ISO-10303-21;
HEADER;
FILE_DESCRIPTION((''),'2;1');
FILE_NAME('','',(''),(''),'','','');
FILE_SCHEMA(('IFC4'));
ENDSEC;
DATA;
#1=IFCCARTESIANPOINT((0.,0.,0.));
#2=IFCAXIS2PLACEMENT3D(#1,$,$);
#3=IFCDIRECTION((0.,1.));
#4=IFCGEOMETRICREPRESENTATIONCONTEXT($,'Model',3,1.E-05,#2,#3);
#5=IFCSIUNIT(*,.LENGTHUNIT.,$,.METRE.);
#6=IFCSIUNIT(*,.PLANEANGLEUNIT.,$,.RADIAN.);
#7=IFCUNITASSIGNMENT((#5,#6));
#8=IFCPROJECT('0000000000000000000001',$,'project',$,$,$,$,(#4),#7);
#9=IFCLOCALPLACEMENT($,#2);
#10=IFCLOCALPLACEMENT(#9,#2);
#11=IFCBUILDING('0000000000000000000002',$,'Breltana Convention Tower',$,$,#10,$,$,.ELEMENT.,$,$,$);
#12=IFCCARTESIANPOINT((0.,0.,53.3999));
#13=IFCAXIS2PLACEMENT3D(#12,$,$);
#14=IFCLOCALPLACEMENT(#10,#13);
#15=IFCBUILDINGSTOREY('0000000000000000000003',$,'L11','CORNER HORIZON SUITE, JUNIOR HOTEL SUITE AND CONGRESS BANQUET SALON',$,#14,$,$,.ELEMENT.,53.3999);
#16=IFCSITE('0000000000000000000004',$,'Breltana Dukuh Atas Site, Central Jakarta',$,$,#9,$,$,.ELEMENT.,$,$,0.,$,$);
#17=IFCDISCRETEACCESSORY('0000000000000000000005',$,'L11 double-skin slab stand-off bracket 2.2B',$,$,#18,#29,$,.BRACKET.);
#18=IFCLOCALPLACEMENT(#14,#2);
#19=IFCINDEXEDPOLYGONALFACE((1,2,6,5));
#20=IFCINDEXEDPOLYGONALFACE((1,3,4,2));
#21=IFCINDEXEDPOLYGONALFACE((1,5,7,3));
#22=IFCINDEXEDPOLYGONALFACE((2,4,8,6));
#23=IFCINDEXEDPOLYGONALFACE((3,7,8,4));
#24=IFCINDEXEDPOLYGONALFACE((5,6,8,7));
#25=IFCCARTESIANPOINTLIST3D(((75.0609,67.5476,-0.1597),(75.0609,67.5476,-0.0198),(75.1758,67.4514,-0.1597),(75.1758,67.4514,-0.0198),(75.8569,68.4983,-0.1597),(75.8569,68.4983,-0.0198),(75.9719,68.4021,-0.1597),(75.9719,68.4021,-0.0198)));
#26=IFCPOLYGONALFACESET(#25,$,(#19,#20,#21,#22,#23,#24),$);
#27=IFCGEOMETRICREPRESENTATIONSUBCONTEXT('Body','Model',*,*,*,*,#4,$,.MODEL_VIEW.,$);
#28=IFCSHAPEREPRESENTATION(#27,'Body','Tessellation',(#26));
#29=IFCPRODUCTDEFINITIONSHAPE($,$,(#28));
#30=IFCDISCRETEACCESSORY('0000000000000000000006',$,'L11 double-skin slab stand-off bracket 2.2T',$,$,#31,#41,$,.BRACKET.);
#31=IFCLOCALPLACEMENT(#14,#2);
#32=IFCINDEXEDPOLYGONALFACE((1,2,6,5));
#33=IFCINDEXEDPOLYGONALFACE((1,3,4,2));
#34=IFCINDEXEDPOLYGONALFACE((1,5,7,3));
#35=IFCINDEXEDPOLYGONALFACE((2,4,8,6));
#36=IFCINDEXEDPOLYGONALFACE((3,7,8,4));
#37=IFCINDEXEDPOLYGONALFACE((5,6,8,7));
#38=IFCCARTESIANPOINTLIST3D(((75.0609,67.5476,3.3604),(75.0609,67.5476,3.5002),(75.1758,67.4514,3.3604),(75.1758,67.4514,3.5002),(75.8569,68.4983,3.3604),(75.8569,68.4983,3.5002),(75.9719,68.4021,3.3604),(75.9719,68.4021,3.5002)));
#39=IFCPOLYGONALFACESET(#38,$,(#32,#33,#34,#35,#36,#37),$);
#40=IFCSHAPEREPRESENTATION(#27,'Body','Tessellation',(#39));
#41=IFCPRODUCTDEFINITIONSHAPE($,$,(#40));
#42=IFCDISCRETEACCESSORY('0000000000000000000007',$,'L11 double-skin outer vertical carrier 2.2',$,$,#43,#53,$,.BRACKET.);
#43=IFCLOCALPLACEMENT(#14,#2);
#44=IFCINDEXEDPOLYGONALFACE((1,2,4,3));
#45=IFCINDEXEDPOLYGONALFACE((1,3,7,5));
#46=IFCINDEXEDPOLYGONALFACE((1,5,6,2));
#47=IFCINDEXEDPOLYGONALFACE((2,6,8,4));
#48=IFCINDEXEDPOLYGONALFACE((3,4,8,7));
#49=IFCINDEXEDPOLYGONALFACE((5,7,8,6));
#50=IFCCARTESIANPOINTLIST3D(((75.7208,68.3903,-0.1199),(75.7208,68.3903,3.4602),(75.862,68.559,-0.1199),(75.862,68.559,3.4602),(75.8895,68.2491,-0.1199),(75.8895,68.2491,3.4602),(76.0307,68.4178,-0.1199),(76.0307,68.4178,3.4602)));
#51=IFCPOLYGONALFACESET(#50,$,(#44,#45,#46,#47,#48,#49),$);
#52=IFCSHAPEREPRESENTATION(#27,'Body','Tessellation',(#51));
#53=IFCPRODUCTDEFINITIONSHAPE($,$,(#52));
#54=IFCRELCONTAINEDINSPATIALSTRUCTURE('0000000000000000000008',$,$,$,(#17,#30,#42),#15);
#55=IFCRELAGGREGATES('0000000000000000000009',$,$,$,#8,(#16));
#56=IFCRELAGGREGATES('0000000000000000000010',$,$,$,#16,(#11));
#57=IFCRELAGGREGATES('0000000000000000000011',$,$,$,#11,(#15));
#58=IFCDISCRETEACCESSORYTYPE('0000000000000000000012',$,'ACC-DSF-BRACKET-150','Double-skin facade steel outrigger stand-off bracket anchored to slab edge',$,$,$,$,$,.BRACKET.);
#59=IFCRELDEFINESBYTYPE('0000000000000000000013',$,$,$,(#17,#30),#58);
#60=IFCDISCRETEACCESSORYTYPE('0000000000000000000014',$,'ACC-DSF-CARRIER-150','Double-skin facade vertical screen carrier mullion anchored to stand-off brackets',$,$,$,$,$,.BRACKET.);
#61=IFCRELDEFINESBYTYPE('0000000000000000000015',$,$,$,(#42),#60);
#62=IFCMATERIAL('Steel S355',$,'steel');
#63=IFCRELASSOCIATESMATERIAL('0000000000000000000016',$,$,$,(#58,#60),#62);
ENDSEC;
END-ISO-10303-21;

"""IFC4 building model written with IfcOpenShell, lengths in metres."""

from ifc_helpers import new_model, si_unit, direction, frame, origin, origin_2d, place, context, subcontext, project, spatial, rectangle, extrude, source, transform, mapped, material, type_object, type_shapes, element, save


model = new_model("IFC4")

# Units and contexts
model_context = context("Model", 3, precision=1e-05, world=origin(), true_north=direction((0.0, 1.0)))
body_context = subcontext(model_context, "Body", "Model", "MODEL_VIEW")
ifc_project = project(units=[si_unit("LENGTHUNIT", "METRE"), si_unit("PLANEANGLEUNIT", "RADIAN")], contexts=[model_context])

# Site, building, storey
site_placement = place(None, origin())
site = spatial("IfcSite", under=ifc_project, at=site_placement, Name="Breltana Dukuh Atas Site, Central Jakarta", CompositionType="ELEMENT", RefElevation=0.0)
building_placement = place(site_placement, origin())
building = spatial("IfcBuilding", under=site, at=building_placement, Name="Breltana Convention Tower", CompositionType="ELEMENT")
storey_placement = place(building_placement, frame((0.0, 0.0, 53.3999)))
storey = spatial("IfcBuildingStorey", under=building, at=storey_placement, Name="L11", Description="CORNER HORIZON SUITE, JUNIOR HOTEL SUITE AND CONGRESS BANQUET SALON", CompositionType="ELEMENT", Elevation=53.3999)

# Discrete accessories
ifc_material_1 = material(Name="Steel S355", Category="steel")
discrete_accessory_type_1 = type_object("IfcDiscreteAccessoryType", Name="ACC-DSF-BRACKET-150", Description="Double-skin facade steel outrigger stand-off bracket anchored to slab edge", PredefinedType="BRACKET", material=ifc_material_1)
shared_shape_1 = source(origin(), body_context, "Body", "SweptSolid", [
    extrude(rectangle(XDim=1.24, YDim=0.1499, at=origin_2d()), origin(), (0.0, 0.0, 1.0), 0.1399),
])
type_shapes(discrete_accessory_type_1, [shared_shape_1])
for number, where, z_axis, x_axis, name in (
    (1, (75.5164, 67.9749, -0.1597), (0.0, 0.0, 1.0), (0.64199, 0.766713, 0.0), "L11 double-skin slab stand-off bracket 2.2B"),
    (2, (75.5164, 67.9749, 3.3604), (0.0, 0.0, 1.0), (0.64199, 0.766713, 0.0), "L11 double-skin slab stand-off bracket 2.2T"),
):
    element("IfcDiscreteAccessory", number, at=place(storey_placement, frame(where, z_axis=z_axis, x_axis=x_axis)), inside=storey, type_object=discrete_accessory_type_1, Name=name, PredefinedType="BRACKET", context=body_context, shape_type="MappedRepresentation", body=[
        mapped(shared_shape_1, transform((0.0, 0.0, 0.0), scale=1.0)),
    ])
discrete_accessory_type_2 = type_object("IfcDiscreteAccessoryType", Name="ACC-DSF-CARRIER-150", Description="Double-skin facade vertical screen carrier mullion anchored to stand-off brackets", PredefinedType="BRACKET", material=ifc_material_1)
shared_shape_2 = source(origin(), body_context, "Body", "SweptSolid", [
    extrude(rectangle(XDim=0.22, YDim=0.22, at=origin_2d()), origin(), (0.0, 0.0, 1.0), 3.5801),
])
discrete_accessory_placement = place(storey_placement, frame((75.8757, 68.4041, -0.1199), z_axis=(0.0, 0.0, 1.0), x_axis=(0.64199, 0.766713, 0.0)))
element("IfcDiscreteAccessory", 3, at=discrete_accessory_placement, inside=storey, type_object=discrete_accessory_type_2, Name="L11 double-skin outer vertical carrier 2.2", PredefinedType="BRACKET", context=body_context, shape_type="MappedRepresentation", body=[
    mapped(shared_shape_2, transform((0.0, 0.0, 0.0), scale=1.0)),
])

save(model, "model.ifc")
